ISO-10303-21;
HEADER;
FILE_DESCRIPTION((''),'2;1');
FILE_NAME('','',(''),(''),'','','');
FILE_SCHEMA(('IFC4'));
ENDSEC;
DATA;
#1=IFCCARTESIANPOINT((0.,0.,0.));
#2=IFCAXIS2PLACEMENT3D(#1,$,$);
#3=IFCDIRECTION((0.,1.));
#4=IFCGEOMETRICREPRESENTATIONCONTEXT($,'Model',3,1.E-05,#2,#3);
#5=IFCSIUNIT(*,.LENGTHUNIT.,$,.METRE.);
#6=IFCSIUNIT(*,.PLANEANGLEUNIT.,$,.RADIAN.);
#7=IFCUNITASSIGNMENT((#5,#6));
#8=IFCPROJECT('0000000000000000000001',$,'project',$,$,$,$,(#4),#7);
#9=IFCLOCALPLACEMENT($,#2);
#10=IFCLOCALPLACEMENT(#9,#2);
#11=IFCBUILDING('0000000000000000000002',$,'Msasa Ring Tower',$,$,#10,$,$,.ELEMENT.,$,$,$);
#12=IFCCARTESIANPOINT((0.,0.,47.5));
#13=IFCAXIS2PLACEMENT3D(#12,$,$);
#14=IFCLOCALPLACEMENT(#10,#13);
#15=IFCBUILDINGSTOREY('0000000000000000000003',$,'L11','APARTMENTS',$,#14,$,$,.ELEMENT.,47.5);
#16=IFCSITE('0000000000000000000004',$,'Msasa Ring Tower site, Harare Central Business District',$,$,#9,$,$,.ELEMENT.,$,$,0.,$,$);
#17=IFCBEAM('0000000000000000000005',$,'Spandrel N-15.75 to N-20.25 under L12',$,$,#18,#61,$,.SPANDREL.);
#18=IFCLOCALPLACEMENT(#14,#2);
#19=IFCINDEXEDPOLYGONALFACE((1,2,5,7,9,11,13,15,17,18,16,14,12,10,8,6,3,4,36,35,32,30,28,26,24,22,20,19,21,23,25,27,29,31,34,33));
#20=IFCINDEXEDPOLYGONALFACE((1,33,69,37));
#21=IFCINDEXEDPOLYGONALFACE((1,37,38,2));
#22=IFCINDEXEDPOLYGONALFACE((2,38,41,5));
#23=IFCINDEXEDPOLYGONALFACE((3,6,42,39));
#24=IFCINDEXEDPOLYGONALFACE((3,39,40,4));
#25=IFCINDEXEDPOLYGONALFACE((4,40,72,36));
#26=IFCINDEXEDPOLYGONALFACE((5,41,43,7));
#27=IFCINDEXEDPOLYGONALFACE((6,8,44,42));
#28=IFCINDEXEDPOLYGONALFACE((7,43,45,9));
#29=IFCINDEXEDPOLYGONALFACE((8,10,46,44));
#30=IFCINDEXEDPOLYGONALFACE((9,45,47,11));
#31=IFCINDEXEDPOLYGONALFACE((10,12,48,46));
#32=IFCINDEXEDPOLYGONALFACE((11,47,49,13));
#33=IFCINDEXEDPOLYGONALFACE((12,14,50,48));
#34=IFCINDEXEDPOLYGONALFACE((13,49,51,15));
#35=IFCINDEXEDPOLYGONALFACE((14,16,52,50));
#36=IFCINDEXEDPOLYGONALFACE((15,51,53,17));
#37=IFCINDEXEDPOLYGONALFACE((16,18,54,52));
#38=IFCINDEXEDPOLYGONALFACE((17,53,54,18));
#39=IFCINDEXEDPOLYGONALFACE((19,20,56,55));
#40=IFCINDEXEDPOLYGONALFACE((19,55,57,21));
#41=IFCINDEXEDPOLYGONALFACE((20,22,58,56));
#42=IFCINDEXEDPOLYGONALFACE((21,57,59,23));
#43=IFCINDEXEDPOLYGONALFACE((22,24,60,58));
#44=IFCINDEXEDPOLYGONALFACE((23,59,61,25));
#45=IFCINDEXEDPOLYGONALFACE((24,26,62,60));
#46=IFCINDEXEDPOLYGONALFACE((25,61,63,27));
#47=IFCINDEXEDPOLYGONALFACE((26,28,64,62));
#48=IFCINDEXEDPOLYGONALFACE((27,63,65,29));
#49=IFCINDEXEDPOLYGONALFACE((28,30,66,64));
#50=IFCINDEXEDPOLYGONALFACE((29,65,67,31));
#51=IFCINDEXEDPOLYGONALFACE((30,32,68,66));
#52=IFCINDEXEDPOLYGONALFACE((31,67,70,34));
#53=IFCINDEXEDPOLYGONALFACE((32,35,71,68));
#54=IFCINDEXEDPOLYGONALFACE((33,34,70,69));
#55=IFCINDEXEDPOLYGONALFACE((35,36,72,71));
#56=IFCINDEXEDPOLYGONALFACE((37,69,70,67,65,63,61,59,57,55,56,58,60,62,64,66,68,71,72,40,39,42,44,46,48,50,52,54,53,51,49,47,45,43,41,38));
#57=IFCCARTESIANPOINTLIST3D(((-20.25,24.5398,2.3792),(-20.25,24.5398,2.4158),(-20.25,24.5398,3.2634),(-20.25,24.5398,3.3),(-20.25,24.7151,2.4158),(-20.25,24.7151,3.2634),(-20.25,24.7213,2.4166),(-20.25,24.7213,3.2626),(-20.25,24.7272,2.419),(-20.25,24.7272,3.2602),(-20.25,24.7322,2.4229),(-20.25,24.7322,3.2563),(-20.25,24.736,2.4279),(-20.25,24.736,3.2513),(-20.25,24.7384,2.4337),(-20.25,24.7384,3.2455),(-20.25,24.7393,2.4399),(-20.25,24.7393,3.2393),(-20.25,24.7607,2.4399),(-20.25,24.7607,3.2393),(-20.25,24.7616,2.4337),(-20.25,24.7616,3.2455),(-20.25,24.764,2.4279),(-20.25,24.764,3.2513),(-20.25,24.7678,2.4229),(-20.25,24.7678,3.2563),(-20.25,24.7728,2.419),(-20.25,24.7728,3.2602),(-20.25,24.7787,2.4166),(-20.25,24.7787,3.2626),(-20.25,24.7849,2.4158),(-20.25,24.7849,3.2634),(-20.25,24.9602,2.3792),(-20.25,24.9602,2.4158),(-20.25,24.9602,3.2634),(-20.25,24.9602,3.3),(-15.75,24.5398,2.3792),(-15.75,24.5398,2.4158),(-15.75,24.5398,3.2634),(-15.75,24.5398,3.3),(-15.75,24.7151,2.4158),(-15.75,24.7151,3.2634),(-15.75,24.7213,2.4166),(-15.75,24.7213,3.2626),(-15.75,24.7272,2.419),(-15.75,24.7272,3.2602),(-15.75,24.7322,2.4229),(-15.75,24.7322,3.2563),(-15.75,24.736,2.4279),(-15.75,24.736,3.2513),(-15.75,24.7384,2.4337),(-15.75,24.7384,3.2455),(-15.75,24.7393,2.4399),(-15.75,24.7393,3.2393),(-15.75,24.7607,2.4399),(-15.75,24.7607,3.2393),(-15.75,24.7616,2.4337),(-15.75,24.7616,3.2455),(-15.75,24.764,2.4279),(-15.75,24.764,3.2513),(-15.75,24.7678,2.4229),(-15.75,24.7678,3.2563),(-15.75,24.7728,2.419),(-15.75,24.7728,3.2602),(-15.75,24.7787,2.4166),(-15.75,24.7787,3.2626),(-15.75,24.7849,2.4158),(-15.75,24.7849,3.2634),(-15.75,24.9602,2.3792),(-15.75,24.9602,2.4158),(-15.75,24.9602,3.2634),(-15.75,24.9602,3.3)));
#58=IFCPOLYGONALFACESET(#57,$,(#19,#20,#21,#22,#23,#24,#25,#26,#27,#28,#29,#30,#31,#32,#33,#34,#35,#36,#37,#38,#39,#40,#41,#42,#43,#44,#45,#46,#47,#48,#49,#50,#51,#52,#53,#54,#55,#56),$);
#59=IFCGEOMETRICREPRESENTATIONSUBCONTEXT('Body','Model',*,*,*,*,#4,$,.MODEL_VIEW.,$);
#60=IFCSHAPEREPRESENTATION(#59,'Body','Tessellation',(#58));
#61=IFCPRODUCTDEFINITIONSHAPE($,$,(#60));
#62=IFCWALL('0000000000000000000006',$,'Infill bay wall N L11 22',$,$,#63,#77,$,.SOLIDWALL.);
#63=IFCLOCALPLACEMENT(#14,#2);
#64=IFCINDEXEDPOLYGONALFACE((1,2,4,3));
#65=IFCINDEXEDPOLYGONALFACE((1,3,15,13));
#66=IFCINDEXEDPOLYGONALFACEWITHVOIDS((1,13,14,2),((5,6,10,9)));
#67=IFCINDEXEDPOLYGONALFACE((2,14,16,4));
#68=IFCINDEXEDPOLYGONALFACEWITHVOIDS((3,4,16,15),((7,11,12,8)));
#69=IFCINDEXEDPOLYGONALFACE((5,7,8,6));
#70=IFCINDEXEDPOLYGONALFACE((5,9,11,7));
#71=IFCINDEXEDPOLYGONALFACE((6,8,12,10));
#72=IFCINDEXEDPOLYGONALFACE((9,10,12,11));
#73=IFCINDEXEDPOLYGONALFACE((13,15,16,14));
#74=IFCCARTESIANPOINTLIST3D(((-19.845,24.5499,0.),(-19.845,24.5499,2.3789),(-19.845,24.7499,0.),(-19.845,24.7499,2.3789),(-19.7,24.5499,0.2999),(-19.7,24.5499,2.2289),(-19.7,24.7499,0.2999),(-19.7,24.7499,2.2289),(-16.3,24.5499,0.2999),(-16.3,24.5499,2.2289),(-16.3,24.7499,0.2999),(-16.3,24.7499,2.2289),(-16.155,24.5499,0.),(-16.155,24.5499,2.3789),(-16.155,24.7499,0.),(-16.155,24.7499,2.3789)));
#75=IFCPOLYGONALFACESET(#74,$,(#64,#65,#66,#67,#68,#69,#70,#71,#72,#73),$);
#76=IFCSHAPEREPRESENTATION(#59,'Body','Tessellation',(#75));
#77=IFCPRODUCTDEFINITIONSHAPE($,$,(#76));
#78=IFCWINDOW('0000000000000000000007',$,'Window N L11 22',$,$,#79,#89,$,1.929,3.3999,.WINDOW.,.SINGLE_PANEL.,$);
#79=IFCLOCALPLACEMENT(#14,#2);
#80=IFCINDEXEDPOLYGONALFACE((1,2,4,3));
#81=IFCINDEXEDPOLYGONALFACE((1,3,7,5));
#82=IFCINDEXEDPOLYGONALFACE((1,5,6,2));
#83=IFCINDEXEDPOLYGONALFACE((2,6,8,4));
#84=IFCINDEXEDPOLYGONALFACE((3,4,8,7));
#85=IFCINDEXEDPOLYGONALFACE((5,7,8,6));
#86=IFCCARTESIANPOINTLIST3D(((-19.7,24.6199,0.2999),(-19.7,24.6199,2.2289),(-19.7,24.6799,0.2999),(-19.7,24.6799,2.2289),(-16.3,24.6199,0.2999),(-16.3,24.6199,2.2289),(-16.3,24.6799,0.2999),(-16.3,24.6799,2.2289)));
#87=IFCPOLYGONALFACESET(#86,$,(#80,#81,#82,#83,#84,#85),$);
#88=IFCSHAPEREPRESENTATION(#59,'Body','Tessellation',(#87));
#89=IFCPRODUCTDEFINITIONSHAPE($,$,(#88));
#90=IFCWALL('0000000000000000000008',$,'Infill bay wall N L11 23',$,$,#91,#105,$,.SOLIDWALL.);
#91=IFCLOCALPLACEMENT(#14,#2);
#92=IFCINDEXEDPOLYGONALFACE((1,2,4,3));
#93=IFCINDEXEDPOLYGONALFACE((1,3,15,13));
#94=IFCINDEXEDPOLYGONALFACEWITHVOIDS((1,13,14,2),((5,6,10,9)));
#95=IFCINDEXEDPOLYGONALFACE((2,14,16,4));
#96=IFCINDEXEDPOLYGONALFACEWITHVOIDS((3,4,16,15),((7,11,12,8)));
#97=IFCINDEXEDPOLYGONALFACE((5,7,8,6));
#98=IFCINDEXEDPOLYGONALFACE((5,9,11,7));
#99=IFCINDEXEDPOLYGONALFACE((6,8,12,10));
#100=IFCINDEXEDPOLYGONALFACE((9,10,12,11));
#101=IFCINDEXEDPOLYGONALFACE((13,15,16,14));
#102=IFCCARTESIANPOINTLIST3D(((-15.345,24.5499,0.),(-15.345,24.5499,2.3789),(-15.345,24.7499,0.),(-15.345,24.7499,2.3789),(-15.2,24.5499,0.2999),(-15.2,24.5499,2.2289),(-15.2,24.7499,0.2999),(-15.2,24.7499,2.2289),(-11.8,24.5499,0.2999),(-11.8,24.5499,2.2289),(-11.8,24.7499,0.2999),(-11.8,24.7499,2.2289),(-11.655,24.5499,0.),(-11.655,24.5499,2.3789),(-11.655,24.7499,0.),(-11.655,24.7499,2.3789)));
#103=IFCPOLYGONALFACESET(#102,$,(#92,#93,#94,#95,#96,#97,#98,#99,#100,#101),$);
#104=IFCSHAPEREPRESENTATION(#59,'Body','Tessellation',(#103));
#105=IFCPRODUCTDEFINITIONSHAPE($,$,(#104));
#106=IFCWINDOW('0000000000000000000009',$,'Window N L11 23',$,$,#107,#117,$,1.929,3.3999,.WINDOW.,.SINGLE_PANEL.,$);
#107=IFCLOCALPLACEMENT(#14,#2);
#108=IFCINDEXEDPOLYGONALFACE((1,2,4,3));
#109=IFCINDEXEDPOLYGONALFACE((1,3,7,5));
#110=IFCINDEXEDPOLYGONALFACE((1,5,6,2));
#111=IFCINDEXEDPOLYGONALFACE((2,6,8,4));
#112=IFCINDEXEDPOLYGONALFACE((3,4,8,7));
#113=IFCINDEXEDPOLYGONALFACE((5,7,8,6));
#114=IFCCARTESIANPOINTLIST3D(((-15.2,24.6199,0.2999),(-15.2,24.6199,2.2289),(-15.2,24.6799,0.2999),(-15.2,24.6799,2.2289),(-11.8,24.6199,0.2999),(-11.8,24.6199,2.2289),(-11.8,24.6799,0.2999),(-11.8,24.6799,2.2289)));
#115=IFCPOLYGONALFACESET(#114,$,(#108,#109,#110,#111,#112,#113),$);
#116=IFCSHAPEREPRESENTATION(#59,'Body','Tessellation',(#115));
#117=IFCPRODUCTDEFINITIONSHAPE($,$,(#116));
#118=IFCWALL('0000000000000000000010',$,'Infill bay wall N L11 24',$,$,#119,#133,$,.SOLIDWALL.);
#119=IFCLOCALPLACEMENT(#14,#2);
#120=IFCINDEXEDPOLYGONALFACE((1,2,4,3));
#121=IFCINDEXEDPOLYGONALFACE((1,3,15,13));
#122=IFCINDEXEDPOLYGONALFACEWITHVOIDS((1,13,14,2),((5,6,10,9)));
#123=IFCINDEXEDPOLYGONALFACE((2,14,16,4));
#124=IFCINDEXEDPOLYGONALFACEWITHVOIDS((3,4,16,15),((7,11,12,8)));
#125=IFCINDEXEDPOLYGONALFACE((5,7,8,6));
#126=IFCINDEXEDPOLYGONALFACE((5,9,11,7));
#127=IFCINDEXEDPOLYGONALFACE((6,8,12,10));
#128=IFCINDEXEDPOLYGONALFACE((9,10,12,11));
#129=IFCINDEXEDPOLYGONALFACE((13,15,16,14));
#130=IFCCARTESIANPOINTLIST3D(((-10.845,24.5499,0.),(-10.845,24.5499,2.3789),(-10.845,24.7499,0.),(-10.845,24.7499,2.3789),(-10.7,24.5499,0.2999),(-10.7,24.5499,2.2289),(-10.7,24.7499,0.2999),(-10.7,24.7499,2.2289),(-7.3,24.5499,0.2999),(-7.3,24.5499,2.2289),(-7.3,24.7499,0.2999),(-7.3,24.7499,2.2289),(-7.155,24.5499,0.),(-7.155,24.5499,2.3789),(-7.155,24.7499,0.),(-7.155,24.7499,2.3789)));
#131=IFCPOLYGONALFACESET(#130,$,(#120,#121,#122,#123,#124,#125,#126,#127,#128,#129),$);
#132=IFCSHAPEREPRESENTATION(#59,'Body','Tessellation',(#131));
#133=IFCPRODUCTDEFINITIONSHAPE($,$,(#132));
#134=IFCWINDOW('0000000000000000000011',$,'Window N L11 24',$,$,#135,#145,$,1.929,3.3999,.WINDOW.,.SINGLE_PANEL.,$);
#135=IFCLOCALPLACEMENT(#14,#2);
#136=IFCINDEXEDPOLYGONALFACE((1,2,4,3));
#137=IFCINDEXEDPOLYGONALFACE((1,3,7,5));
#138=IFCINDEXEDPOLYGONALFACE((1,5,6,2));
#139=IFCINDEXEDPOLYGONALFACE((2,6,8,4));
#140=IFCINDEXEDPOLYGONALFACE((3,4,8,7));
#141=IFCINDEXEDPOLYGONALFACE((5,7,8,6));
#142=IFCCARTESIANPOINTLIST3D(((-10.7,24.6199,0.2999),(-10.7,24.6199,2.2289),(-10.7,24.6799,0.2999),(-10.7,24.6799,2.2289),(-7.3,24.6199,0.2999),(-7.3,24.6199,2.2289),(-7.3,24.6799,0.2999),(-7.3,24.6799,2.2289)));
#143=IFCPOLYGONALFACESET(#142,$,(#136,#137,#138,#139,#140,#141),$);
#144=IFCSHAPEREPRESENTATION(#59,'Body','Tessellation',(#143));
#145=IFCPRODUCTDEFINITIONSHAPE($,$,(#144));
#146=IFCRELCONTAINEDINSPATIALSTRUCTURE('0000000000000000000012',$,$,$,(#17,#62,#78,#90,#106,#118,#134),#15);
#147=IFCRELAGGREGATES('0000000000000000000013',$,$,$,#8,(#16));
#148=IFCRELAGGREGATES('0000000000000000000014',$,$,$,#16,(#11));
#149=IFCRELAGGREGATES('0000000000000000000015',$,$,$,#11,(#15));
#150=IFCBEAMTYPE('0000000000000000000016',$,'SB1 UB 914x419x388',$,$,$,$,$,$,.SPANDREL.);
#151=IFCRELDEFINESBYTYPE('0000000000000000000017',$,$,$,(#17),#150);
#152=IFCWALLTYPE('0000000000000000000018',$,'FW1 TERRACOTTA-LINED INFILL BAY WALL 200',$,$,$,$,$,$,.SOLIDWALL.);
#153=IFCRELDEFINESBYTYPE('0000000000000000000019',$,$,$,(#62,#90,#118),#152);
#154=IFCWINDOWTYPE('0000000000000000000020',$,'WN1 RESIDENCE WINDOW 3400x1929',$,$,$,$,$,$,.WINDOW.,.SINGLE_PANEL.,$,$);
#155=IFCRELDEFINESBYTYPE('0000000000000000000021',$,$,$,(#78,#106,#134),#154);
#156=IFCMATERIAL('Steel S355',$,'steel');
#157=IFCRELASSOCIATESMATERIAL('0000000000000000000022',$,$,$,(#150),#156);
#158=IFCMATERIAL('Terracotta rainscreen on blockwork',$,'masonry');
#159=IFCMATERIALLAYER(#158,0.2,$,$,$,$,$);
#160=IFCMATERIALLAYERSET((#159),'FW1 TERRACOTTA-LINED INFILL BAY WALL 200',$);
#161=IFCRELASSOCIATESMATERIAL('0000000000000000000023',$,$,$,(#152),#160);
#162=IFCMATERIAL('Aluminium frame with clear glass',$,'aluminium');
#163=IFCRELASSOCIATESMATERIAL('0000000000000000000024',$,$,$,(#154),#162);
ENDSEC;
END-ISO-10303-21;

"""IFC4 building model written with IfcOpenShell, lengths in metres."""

from ifc_helpers import new_model, si_unit, direction, frame, frame_2d, origin, origin_2d, place, context, subcontext, project, spatial, rectangle, i_section, extrude, material, layer, layer_set, material_profile, profile_set, type_object, element, fill, save


model = new_model("IFC4")

# Units and contexts
model_context = context("Model", 3, precision=1e-05, world=origin(), true_north=direction((0.0, 1.0)))
body_context = subcontext(model_context, "Body", "Model", "MODEL_VIEW")
ifc_project = project(units=[si_unit("LENGTHUNIT", "METRE"), si_unit("PLANEANGLEUNIT", "RADIAN")], contexts=[model_context])

# Site, building, storey
site_placement = place(None, origin())
site = spatial("IfcSite", under=ifc_project, at=site_placement, Name="Msasa Ring Tower site, Harare Central Business District", CompositionType="ELEMENT", RefElevation=0.0)
building_placement = place(site_placement, origin())
building = spatial("IfcBuilding", under=site, at=building_placement, Name="Msasa Ring Tower", CompositionType="ELEMENT")
storey_placement = place(building_placement, frame((0.0, 0.0, 47.5)))
storey = spatial("IfcBuildingStorey", under=building, at=storey_placement, Name="L11", Description="APARTMENTS", CompositionType="ELEMENT", Elevation=47.5)

# Beam
ifc_material_1 = material(Name="Steel S355", Category="steel")
ifc_material_profile_1 = material_profile(ifc_material_1, i_section(OverallWidth=0.4204, OverallDepth=0.9209, WebThickness=0.0215, FlangeThickness=0.0366, FilletRadius=0.0242, at=origin_2d()), Name="UB 914x419x388")
ifc_profile_set_1 = profile_set([ifc_material_profile_1], Name="Steel S355")
beam_type_1 = type_object("IfcBeamType", Name="SB1 UB 914x419x388", PredefinedType="SPANDREL", material=ifc_profile_set_1)
for number, where, z_axis, x_axis, name in (
    (1, (-15.75, 24.75, 2.8396), (-1.0, 0.0, 0.0), (0.0, -1.0, 0.0), "Spandrel N-15.75 to N-20.25 under L12"),
):
    element("IfcBeam", number, at=place(storey_placement, frame(where, z_axis=z_axis, x_axis=x_axis)), inside=storey, type_object=beam_type_1, Name=name, PredefinedType="SPANDREL", context=body_context, shape_type="SweptSolid", body=[
        extrude(i_section(OverallWidth=0.4204, OverallDepth=0.9209, WebThickness=0.0215, FlangeThickness=0.0366, FilletRadius=0.0242, at=origin_2d()), origin(), (0.0, 0.0, 1.0), 4.5),
    ])

# Walls, openings, windows
ifc_material_2 = material(Name="Terracotta rainscreen on blockwork", Category="masonry")
ifc_layer_1 = layer(ifc_material_2, 0.2)
ifc_layer_set_1 = layer_set([ifc_layer_1], Name="FW1 TERRACOTTA-LINED INFILL BAY WALL 200")
wall_type_1 = type_object("IfcWallType", Name="FW1 TERRACOTTA-LINED INFILL BAY WALL 200", PredefinedType="SOLIDWALL", material=ifc_layer_set_1)
wall_1_placement = place(storey_placement, frame((-19.845, 24.6499, 0.0), z_axis=(0.0, 0.0, 1.0), x_axis=(1.0, 0.0, 0.0)))
wall_1 = element("IfcWall", 2, at=wall_1_placement, inside=storey, type_object=wall_type_1, Name="Infill bay wall N L11 22", PredefinedType="SOLIDWALL", context=body_context, shape_type="SweptSolid", body=[
    extrude(rectangle(XDim=3.6899, YDim=0.2, at=frame_2d((1.845, 0.0))), origin(), (0.0, 0.0, 1.0), 2.3789),
])
opening_1_placement = place(wall_1_placement, frame((0.145, 0.0, 0.3)))
opening_1 = element("IfcOpeningElement", 3, at=opening_1_placement, cuts=wall_1, PredefinedType="OPENING", context=body_context, shape_type="SweptSolid", body=[
    extrude(rectangle(XDim=3.3999, YDim=1.929, at=frame_2d((1.7, 0.9644))), frame((0.0, 0.1099, 0.0), z_axis=(0.0, -1.0, 0.0), x_axis=(1.0, 0.0, 0.0)), (0.0, 0.0, 1.0), 0.22),
])
ifc_material_3 = material(Name="Aluminium frame with clear glass", Category="aluminium")
window_type = type_object("IfcWindowType", Name="WN1 RESIDENCE WINDOW 3400x1929", PartitioningType="SINGLE_PANEL", PredefinedType="WINDOW", material=ifc_material_3)
window_1_placement = place(opening_1_placement, origin())
window_1 = element("IfcWindow", 4, at=window_1_placement, inside=storey, type_object=window_type, Name="Window N L11 22", OverallHeight=1.929, OverallWidth=3.3999, PartitioningType="SINGLE_PANEL", PredefinedType="WINDOW", context=body_context, shape_type="SweptSolid", body=[
    extrude(rectangle(XDim=3.3999, YDim=1.929, at=frame_2d((1.7, 0.9644))), frame((0.0, 0.03, 0.0), z_axis=(0.0, -1.0, 0.0), x_axis=(1.0, 0.0, 0.0)), (0.0, 0.0, 1.0), 0.0601),
])
fill(opening_1, window_1)
wall_2_placement = place(storey_placement, frame((-15.345, 24.6499, 0.0), z_axis=(0.0, 0.0, 1.0), x_axis=(1.0, 0.0, 0.0)))
wall_2 = element("IfcWall", 5, at=wall_2_placement, inside=storey, type_object=wall_type_1, Name="Infill bay wall N L11 23", PredefinedType="SOLIDWALL", context=body_context, shape_type="SweptSolid", body=[
    extrude(rectangle(XDim=3.6899, YDim=0.2, at=frame_2d((1.845, 0.0))), origin(), (0.0, 0.0, 1.0), 2.3789),
])
opening_2_placement = place(wall_2_placement, frame((0.145, 0.0, 0.3)))
opening_2 = element("IfcOpeningElement", 6, at=opening_2_placement, cuts=wall_2, PredefinedType="OPENING", context=body_context, shape_type="SweptSolid", body=[
    extrude(rectangle(XDim=3.3999, YDim=1.929, at=frame_2d((1.7, 0.9644))), frame((0.0, 0.1099, 0.0), z_axis=(0.0, -1.0, 0.0), x_axis=(1.0, 0.0, 0.0)), (0.0, 0.0, 1.0), 0.22),
])
window_2_placement = place(opening_2_placement, origin())
window_2 = element("IfcWindow", 7, at=window_2_placement, inside=storey, type_object=window_type, Name="Window N L11 23", OverallHeight=1.929, OverallWidth=3.3999, PartitioningType="SINGLE_PANEL", PredefinedType="WINDOW", context=body_context, shape_type="SweptSolid", body=[
    extrude(rectangle(XDim=3.3999, YDim=1.929, at=frame_2d((1.7, 0.9644))), frame((0.0, 0.03, 0.0), z_axis=(0.0, -1.0, 0.0), x_axis=(1.0, 0.0, 0.0)), (0.0, 0.0, 1.0), 0.0601),
])
fill(opening_2, window_2)
wall_3_placement = place(storey_placement, frame((-10.845, 24.6499, 0.0), z_axis=(0.0, 0.0, 1.0), x_axis=(1.0, 0.0, 0.0)))
wall_3 = element("IfcWall", 8, at=wall_3_placement, inside=storey, type_object=wall_type_1, Name="Infill bay wall N L11 24", PredefinedType="SOLIDWALL", context=body_context, shape_type="SweptSolid", body=[
    extrude(rectangle(XDim=3.6899, YDim=0.2, at=frame_2d((1.845, 0.0))), origin(), (0.0, 0.0, 1.0), 2.3789),
])
opening_3_placement = place(wall_3_placement, frame((0.145, 0.0, 0.3)))
opening_3 = element("IfcOpeningElement", 9, at=opening_3_placement, cuts=wall_3, PredefinedType="OPENING", context=body_context, shape_type="SweptSolid", body=[
    extrude(rectangle(XDim=3.3999, YDim=1.929, at=frame_2d((1.7, 0.9644))), frame((0.0, 0.1099, 0.0), z_axis=(0.0, -1.0, 0.0), x_axis=(1.0, 0.0, 0.0)), (0.0, 0.0, 1.0), 0.22),
])
window_3_placement = place(opening_3_placement, origin())
window_3 = element("IfcWindow", 10, at=window_3_placement, inside=storey, type_object=window_type, Name="Window N L11 24", OverallHeight=1.929, OverallWidth=3.3999, PartitioningType="SINGLE_PANEL", PredefinedType="WINDOW", context=body_context, shape_type="SweptSolid", body=[
    extrude(rectangle(XDim=3.3999, YDim=1.929, at=frame_2d((1.7, 0.9644))), frame((0.0, 0.03, 0.0), z_axis=(0.0, -1.0, 0.0), x_axis=(1.0, 0.0, 0.0)), (0.0, 0.0, 1.0), 0.0601),
])
fill(opening_3, window_3)

save(model, "model.ifc")
